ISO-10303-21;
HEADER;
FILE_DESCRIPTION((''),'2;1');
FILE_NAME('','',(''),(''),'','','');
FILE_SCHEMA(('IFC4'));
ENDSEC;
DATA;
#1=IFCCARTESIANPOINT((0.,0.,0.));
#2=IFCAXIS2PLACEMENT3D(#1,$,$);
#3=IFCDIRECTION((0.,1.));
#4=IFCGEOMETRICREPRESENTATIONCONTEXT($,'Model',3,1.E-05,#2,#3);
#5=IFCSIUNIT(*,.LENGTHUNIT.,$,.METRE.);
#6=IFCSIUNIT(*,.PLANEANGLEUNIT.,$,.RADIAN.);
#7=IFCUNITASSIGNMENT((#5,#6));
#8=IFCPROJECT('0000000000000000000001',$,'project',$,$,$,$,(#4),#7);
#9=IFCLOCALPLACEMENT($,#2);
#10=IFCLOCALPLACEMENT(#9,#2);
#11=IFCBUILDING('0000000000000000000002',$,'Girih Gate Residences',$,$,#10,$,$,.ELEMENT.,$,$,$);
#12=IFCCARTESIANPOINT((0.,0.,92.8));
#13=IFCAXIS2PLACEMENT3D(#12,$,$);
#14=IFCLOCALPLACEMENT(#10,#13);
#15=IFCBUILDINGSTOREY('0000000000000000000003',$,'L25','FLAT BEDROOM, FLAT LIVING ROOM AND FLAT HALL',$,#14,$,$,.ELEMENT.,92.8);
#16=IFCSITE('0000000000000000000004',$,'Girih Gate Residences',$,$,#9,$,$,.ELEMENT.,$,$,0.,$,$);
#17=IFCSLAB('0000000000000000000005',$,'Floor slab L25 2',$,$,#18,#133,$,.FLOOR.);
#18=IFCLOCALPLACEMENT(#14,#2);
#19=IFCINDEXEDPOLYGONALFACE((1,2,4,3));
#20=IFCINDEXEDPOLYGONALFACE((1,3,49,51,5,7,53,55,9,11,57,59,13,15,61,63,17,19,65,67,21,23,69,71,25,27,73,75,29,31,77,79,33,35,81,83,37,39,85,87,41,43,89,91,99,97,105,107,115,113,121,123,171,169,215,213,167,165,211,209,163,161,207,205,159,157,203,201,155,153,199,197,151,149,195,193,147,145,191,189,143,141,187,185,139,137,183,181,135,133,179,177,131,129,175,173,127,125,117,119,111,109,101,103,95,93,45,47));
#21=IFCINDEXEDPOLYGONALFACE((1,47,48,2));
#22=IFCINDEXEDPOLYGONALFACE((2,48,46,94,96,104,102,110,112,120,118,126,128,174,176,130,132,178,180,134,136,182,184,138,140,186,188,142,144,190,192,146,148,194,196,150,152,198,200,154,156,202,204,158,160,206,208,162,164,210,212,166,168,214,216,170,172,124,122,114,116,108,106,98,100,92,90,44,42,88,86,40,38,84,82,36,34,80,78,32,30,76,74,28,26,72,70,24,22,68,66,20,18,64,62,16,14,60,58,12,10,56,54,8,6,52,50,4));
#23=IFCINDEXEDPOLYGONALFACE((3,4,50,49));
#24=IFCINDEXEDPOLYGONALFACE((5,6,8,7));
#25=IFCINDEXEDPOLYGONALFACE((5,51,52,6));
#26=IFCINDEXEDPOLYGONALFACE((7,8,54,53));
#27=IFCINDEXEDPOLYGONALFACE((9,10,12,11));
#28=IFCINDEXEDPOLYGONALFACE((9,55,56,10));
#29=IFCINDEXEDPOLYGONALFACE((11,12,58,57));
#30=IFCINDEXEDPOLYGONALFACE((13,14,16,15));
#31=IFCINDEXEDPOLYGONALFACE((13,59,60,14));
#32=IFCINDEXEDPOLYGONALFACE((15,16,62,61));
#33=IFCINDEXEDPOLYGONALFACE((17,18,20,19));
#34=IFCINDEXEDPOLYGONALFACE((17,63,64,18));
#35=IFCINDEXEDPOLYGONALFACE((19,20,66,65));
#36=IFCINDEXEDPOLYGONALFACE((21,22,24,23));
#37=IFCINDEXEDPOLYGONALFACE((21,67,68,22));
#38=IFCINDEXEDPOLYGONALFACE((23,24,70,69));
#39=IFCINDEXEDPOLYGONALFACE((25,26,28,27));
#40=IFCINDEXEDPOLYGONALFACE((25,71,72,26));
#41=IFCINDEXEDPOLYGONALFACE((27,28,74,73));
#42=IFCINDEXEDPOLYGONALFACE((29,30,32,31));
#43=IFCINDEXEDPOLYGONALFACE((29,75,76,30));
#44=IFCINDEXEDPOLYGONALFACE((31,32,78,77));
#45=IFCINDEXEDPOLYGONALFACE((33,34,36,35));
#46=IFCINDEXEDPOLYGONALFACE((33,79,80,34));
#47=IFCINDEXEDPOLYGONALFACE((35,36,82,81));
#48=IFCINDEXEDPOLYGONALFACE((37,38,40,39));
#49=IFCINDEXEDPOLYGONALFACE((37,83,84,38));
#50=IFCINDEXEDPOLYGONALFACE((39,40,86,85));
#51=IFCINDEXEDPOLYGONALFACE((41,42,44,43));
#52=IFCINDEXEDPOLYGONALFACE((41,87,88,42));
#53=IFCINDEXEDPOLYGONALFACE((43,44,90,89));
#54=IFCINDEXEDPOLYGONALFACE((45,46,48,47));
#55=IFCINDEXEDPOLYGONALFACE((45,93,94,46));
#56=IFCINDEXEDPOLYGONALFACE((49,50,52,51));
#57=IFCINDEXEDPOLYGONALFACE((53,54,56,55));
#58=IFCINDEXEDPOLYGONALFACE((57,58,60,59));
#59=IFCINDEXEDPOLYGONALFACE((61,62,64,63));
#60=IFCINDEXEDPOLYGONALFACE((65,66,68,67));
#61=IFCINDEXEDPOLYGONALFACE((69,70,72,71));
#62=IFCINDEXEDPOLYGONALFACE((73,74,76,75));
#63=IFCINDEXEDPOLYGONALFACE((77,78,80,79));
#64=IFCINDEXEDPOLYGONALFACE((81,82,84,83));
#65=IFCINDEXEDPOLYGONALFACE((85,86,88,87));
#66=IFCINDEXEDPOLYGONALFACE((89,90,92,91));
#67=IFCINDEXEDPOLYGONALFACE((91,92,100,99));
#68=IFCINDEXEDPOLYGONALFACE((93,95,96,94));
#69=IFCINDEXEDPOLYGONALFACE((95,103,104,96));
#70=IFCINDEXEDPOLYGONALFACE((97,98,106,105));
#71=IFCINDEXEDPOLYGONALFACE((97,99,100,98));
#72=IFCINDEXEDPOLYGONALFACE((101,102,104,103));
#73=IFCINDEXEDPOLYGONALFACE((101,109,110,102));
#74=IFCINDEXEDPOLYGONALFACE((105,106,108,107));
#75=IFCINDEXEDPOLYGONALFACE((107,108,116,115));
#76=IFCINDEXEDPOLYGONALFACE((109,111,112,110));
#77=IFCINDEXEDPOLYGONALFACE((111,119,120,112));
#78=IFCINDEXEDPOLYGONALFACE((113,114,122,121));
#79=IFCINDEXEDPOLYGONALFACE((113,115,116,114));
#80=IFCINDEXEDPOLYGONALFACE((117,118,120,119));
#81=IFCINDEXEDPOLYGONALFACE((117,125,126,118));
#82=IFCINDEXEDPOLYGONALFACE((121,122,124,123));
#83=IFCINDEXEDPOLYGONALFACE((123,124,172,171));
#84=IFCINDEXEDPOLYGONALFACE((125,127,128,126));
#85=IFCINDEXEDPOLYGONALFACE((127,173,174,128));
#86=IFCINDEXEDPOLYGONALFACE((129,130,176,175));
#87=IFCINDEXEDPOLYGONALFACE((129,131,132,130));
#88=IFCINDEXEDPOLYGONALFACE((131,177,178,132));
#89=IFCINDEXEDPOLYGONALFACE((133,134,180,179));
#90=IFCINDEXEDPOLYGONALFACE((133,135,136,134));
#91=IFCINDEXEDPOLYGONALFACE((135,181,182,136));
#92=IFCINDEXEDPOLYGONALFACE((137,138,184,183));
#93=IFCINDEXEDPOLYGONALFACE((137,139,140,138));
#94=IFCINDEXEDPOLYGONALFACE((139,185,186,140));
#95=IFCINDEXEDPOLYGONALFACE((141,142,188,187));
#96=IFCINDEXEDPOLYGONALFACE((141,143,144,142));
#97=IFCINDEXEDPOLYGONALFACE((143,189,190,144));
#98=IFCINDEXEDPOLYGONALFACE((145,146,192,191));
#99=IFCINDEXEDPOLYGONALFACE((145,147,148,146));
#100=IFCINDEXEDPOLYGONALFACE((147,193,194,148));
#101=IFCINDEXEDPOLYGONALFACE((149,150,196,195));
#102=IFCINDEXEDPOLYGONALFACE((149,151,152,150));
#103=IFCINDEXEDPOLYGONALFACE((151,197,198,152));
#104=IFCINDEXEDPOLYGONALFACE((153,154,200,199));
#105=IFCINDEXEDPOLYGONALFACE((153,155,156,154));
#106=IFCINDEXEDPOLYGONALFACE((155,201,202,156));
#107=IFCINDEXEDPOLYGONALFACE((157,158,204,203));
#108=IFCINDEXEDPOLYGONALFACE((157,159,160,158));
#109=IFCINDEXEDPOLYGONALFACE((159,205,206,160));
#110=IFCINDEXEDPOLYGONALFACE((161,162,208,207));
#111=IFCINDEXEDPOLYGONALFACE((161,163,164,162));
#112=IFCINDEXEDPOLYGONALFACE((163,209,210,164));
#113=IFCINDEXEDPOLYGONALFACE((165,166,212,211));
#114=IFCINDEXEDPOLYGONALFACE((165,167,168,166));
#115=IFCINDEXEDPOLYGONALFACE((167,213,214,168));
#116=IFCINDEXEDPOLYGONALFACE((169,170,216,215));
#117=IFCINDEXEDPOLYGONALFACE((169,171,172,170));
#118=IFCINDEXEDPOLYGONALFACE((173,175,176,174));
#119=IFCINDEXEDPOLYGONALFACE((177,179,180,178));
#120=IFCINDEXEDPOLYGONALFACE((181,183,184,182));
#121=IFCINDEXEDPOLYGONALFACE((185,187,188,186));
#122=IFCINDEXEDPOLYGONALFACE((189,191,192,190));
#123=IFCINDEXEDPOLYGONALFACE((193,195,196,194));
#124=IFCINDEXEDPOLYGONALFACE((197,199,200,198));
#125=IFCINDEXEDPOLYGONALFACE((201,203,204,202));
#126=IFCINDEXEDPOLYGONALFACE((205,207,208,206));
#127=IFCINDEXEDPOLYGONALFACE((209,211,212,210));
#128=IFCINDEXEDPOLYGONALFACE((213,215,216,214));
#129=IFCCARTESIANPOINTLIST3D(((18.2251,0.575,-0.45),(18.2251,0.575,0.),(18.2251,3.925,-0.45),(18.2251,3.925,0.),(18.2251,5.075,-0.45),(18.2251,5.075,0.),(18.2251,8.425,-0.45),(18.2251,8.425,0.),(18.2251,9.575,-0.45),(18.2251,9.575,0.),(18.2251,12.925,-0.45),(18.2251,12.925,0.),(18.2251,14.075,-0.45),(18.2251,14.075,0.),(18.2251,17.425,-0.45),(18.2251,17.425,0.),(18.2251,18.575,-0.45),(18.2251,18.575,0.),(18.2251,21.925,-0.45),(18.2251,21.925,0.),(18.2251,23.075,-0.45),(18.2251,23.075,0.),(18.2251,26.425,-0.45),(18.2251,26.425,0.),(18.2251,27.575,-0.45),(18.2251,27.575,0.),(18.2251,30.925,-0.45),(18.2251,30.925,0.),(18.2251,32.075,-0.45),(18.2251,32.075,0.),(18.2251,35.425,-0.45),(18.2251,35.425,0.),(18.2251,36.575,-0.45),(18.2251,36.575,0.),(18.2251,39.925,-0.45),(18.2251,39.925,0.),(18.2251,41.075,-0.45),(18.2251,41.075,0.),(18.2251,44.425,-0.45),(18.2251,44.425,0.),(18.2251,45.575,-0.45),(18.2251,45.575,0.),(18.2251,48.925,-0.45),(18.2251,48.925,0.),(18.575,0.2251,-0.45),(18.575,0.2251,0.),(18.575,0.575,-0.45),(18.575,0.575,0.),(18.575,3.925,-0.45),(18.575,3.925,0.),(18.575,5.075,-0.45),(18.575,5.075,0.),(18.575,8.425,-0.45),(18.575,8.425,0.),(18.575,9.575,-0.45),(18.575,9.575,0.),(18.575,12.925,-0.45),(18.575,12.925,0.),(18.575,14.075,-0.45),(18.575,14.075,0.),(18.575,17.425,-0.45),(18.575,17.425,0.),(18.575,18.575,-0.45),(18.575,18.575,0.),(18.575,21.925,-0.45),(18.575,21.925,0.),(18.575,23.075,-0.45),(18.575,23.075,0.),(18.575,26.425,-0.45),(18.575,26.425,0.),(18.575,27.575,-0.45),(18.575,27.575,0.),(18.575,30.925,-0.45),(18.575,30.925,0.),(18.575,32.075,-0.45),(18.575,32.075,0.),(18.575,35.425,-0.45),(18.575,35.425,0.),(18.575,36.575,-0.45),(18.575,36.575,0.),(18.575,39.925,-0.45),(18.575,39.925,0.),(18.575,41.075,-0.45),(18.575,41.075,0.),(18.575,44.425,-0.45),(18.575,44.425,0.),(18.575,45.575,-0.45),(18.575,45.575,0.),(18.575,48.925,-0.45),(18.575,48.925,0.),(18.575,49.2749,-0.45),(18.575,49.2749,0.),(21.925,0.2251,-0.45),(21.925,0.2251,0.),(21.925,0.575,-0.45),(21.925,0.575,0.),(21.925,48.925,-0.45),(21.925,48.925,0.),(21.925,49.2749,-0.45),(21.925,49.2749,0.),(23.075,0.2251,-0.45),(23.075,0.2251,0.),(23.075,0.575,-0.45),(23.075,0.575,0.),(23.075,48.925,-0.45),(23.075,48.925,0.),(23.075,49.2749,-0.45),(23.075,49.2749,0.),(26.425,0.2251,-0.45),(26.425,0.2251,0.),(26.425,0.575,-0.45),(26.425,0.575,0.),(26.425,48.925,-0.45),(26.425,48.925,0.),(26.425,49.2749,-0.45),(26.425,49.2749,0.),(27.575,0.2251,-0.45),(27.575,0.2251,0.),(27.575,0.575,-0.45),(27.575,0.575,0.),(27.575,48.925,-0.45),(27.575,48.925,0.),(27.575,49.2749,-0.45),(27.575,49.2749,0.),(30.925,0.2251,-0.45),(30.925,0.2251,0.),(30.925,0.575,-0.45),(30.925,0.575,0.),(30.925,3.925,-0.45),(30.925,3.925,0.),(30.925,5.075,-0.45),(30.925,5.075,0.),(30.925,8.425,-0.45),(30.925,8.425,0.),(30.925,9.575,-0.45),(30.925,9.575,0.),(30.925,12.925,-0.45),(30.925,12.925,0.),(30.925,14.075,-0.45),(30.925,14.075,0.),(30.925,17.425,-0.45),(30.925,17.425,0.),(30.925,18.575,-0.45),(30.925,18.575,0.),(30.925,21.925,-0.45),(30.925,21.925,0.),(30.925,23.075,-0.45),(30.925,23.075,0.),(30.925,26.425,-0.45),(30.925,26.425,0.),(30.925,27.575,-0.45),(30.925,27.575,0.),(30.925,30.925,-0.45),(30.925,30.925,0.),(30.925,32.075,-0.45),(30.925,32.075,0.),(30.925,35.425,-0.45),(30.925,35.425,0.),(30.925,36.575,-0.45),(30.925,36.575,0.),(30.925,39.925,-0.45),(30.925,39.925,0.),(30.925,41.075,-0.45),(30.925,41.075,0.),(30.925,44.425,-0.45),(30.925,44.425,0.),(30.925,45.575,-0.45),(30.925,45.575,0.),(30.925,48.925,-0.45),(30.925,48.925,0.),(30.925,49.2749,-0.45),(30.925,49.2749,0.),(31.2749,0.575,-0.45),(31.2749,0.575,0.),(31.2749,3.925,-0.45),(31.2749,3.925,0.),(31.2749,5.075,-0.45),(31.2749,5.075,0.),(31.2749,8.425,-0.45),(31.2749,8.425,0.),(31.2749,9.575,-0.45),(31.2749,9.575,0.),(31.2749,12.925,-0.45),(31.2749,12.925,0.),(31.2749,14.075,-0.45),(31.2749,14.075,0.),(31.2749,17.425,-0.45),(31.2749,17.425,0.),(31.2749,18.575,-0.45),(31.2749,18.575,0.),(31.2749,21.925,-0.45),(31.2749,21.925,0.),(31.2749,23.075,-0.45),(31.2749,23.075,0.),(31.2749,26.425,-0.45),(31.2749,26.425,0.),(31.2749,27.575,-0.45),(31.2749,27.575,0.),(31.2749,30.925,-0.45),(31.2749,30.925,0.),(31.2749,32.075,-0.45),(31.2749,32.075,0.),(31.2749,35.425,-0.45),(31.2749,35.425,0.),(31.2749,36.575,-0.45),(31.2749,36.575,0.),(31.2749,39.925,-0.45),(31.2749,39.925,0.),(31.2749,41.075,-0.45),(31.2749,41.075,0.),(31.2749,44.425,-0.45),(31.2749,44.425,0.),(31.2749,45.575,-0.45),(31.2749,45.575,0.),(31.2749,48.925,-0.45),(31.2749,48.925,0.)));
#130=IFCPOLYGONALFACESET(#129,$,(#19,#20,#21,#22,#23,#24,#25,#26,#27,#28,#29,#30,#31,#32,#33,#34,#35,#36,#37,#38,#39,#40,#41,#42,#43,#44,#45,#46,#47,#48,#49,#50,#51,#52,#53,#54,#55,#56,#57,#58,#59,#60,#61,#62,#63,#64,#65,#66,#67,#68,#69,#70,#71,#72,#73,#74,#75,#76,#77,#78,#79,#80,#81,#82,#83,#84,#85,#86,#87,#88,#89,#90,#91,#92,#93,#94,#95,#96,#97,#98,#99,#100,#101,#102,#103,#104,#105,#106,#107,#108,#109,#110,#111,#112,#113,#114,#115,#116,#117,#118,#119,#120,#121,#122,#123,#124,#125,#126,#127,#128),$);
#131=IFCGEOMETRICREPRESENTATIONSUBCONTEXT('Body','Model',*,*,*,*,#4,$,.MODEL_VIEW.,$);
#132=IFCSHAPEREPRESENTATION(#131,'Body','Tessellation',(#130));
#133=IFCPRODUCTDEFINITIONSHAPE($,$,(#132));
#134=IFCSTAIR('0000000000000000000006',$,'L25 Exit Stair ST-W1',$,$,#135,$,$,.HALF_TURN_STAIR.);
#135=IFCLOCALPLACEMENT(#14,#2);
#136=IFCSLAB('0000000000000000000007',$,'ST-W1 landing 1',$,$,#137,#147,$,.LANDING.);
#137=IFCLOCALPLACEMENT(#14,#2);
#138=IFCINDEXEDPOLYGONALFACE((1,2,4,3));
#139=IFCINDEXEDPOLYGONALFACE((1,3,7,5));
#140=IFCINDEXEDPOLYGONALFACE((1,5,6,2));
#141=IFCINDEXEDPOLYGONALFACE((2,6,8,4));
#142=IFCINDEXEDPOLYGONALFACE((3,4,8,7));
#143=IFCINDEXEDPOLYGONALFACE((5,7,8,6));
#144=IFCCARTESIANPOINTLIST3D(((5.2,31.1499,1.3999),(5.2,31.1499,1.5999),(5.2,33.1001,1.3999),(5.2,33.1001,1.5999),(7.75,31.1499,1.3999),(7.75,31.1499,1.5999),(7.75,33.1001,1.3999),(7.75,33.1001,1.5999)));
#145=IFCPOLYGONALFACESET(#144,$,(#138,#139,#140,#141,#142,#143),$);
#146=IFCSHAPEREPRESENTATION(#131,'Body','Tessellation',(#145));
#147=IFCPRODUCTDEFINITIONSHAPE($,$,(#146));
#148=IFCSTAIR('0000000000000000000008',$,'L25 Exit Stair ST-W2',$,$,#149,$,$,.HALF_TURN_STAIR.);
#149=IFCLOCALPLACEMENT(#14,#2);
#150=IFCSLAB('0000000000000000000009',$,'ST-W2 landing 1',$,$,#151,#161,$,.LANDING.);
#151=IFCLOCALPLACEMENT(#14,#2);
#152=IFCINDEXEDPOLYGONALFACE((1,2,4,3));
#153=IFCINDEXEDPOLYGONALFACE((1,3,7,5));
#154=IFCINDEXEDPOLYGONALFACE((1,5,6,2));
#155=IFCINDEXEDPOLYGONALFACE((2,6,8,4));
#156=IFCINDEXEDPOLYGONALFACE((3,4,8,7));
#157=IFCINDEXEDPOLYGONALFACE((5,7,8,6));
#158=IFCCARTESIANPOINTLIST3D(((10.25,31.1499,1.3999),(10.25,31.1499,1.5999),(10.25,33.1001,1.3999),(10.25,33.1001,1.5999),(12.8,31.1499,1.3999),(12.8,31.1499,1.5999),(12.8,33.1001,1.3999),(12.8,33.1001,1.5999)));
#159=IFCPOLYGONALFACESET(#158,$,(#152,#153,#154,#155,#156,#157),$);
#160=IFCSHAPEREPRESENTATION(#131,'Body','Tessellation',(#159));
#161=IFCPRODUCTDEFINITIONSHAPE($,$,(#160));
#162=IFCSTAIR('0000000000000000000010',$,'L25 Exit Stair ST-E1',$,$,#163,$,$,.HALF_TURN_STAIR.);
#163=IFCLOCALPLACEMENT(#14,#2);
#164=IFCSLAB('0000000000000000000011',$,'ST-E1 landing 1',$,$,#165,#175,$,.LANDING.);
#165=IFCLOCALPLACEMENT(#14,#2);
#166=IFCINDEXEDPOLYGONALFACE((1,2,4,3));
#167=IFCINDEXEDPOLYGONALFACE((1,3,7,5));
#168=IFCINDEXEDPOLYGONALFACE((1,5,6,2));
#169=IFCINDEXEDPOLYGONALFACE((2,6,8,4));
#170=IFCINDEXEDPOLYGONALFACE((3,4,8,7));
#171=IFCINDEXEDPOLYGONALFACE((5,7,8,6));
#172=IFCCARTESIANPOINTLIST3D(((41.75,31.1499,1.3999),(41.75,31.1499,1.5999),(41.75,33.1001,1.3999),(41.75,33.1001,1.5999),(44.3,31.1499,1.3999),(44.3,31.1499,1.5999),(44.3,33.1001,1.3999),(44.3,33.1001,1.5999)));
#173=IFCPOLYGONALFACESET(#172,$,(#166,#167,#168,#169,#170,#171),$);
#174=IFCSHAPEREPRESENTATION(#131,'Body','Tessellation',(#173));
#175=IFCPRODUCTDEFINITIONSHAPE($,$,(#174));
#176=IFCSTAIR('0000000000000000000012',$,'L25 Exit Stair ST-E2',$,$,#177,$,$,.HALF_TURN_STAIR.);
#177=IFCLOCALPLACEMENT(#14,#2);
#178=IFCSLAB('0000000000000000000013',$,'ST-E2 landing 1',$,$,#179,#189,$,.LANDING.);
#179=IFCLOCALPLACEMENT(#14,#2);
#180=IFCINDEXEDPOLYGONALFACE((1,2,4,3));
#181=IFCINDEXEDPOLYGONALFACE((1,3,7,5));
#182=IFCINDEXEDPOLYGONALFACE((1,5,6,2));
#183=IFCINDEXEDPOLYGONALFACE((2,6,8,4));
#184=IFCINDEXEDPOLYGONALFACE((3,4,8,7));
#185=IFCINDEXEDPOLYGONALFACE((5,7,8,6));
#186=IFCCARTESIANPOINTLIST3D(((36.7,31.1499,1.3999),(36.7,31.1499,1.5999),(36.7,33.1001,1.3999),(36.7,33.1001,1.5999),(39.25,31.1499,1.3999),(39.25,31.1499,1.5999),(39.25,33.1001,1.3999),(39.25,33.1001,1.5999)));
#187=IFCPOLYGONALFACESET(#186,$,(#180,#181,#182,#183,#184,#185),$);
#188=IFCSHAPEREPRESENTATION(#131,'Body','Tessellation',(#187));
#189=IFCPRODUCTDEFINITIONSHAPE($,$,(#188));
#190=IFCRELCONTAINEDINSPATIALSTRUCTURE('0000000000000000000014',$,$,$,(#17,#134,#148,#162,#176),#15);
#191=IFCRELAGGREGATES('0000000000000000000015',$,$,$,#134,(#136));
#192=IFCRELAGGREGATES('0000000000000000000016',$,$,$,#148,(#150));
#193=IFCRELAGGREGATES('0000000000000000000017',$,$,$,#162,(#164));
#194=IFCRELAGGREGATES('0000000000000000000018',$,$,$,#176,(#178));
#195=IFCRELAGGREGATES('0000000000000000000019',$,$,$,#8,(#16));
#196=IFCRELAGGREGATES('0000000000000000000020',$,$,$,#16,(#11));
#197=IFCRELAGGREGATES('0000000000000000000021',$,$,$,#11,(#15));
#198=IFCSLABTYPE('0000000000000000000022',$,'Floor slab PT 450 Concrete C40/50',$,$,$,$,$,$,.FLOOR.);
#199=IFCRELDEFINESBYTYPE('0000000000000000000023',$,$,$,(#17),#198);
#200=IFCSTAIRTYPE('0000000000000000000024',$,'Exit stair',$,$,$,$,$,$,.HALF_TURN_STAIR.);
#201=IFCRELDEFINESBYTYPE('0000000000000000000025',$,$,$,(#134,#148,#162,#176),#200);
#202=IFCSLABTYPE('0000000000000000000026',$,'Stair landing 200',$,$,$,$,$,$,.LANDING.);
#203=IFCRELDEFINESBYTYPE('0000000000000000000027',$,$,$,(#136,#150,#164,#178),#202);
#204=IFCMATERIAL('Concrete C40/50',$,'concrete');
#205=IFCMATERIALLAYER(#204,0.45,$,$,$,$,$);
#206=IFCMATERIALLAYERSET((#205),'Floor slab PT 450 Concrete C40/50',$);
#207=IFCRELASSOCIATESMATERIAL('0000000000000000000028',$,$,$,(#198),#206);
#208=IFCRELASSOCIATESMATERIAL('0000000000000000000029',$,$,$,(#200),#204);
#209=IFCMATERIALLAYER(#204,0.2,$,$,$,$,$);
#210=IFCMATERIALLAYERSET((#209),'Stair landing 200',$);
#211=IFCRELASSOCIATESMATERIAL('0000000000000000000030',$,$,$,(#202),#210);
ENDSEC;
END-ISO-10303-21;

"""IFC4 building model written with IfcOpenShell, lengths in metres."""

from ifc_helpers import new_model, si_unit, direction, frame, origin, place, context, subcontext, project, spatial, polyline, outline, extrude, material, layer, layer_set, type_object, element, aggregate, save


model = new_model("IFC4")

# Units and contexts
model_context = context("Model", 3, precision=1e-05, world=origin(), true_north=direction((0.0, 1.0)))
body_context = subcontext(model_context, "Body", "Model", "MODEL_VIEW")
ifc_project = project(units=[si_unit("LENGTHUNIT", "METRE"), si_unit("PLANEANGLEUNIT", "RADIAN")], contexts=[model_context])

# Site, building, storey
site_placement = place(None, origin())
site = spatial("IfcSite", under=ifc_project, at=site_placement, Name="Girih Gate Residences", CompositionType="ELEMENT", RefElevation=0.0)
building_placement = place(site_placement, origin())
building = spatial("IfcBuilding", under=site, at=building_placement, Name="Girih Gate Residences", CompositionType="ELEMENT")
storey_placement = place(building_placement, frame((0.0, 0.0, 92.8)))
storey = spatial("IfcBuildingStorey", under=building, at=storey_placement, Name="L25", Description="FLAT BEDROOM, FLAT LIVING ROOM AND FLAT HALL", CompositionType="ELEMENT", Elevation=92.8)

# Slab
ifc_material_1 = material(Name="Concrete C40/50", Category="concrete")
ifc_layer_1 = layer(ifc_material_1, 0.45)
ifc_layer_set_1 = layer_set([ifc_layer_1], Name="Floor slab PT 450 Concrete C40/50")
slab_type_1 = type_object("IfcSlabType", Name="Floor slab PT 450 Concrete C40/50", PredefinedType="FLOOR", material=ifc_layer_set_1)
slab_1_placement = place(storey_placement, frame((0.0, 0.0, -0.45)))
element("IfcSlab", 1, at=slab_1_placement, inside=storey, type_object=slab_type_1, Name="Floor slab L25 2", PredefinedType="FLOOR", context=body_context, shape_type="SweptSolid", body=[
    extrude(outline(polyline([(21.925, 49.2749), (18.575, 49.2749), (18.575, 48.925), (18.2251, 48.925), (18.2251, 45.575), (18.575, 45.575), (18.575, 44.425), (18.2251, 44.425), (18.2251, 41.075), (18.575, 41.075), (18.575, 39.925), (18.2251, 39.925), (18.2251, 36.575), (18.575, 36.575), (18.575, 35.425), (18.2251, 35.425), (18.2251, 32.075), (18.575, 32.075), (18.575, 30.925), (18.2251, 30.925), (18.2251, 27.575), (18.575, 27.575), (18.575, 26.425), (18.2251, 26.425), (18.2251, 23.075), (18.575, 23.075), (18.575, 21.925), (18.2251, 21.925), (18.2251, 18.575), (18.575, 18.575), (18.575, 17.425), (18.2251, 17.425), (18.2251, 14.075), (18.575, 14.075), (18.575, 12.925), (18.2251, 12.925), (18.2251, 9.575), (18.575, 9.575), (18.575, 8.425), (18.2251, 8.425), (18.2251, 5.075), (18.575, 5.075), (18.575, 3.925), (18.2251, 3.925), (18.2251, 0.575), (18.575, 0.575), (18.575, 0.2251), (21.925, 0.2251), (21.925, 0.575), (23.075, 0.575), (23.075, 0.2251), (26.425, 0.2251), (26.425, 0.575), (27.575, 0.575), (27.575, 0.2251), (30.925, 0.2251), (30.925, 0.575), (31.2749, 0.575), (31.2749, 3.925), (30.925, 3.925), (30.925, 5.075), (31.2749, 5.075), (31.2749, 8.425), (30.925, 8.425), (30.925, 9.575), (31.2749, 9.575), (31.2749, 12.925), (30.925, 12.925), (30.925, 14.075), (31.2749, 14.075), (31.2749, 17.425), (30.925, 17.425), (30.925, 18.575), (31.2749, 18.575), (31.2749, 21.925), (30.925, 21.925), (30.925, 23.075), (31.2749, 23.075), (31.2749, 26.425), (30.925, 26.425), (30.925, 27.575), (31.2749, 27.575), (31.2749, 30.925), (30.925, 30.925), (30.925, 32.075), (31.2749, 32.075), (31.2749, 35.425), (30.925, 35.425), (30.925, 36.575), (31.2749, 36.575), (31.2749, 39.925), (30.925, 39.925), (30.925, 41.075), (31.2749, 41.075), (31.2749, 44.425), (30.925, 44.425), (30.925, 45.575), (31.2749, 45.575), (31.2749, 48.925), (30.925, 48.925), (30.925, 49.2749), (27.575, 49.2749), (27.575, 48.925), (26.425, 48.925), (26.425, 49.2749), (23.075, 49.2749), (23.075, 48.925), (21.925, 48.925), (21.925, 49.2749)])), origin(), (0.0, 0.0, 1.0), 0.45),
])

# Stairs, slabs
stair_type = type_object("IfcStairType", Name="Exit stair", PredefinedType="HALF_TURN_STAIR", material=ifc_material_1)
stair_1_placement = place(storey_placement, origin())
stair_1 = element("IfcStair", 2, at=stair_1_placement, inside=storey, type_object=stair_type, Name="L25 Exit Stair ST-W1", PredefinedType="HALF_TURN_STAIR")
ifc_layer_2 = layer(ifc_material_1, 0.2)
ifc_layer_set_2 = layer_set([ifc_layer_2], Name="Stair landing 200")
slab_type_2 = type_object("IfcSlabType", Name="Stair landing 200", PredefinedType="LANDING", material=ifc_layer_set_2)
slab_2_placement = place(storey_placement, frame((0.0, 0.0, 1.3999)))
slab_2 = element("IfcSlab", 3, at=slab_2_placement, type_object=slab_type_2, Name="ST-W1 landing 1", PredefinedType="LANDING", context=body_context, shape_type="SweptSolid", body=[
    extrude(outline(polyline([(7.75, 31.1499), (7.75, 33.1001), (5.2, 33.1001), (5.2, 31.1499), (7.75, 31.1499)])), origin(), (0.0, 0.0, 1.0), 0.2),
])
aggregate(stair_1, [slab_2])
stair_2_placement = place(storey_placement, origin())
stair_2 = element("IfcStair", 4, at=stair_2_placement, inside=storey, type_object=stair_type, Name="L25 Exit Stair ST-W2", PredefinedType="HALF_TURN_STAIR")
slab_3_placement = place(storey_placement, frame((0.0, 0.0, 1.3999)))
slab_3 = element("IfcSlab", 5, at=slab_3_placement, type_object=slab_type_2, Name="ST-W2 landing 1", PredefinedType="LANDING", context=body_context, shape_type="SweptSolid", body=[
    extrude(outline(polyline([(12.8, 31.1499), (12.8, 33.1001), (10.25, 33.1001), (10.25, 31.1499), (12.8, 31.1499)])), origin(), (0.0, 0.0, 1.0), 0.2),
])
aggregate(stair_2, [slab_3])
stair_3_placement = place(storey_placement, origin())
stair_3 = element("IfcStair", 6, at=stair_3_placement, inside=storey, type_object=stair_type, Name="L25 Exit Stair ST-E1", PredefinedType="HALF_TURN_STAIR")
slab_4_placement = place(storey_placement, frame((0.0, 0.0, 1.3999)))
slab_4 = element("IfcSlab", 7, at=slab_4_placement, type_object=slab_type_2, Name="ST-E1 landing 1", PredefinedType="LANDING", context=body_context, shape_type="SweptSolid", body=[
    extrude(outline(polyline([(44.3, 31.1499), (44.3, 33.1001), (41.75, 33.1001), (41.75, 31.1499), (44.3, 31.1499)])), origin(), (0.0, 0.0, 1.0), 0.2),
])
aggregate(stair_3, [slab_4])
stair_4_placement = place(storey_placement, origin())
stair_4 = element("IfcStair", 8, at=stair_4_placement, inside=storey, type_object=stair_type, Name="L25 Exit Stair ST-E2", PredefinedType="HALF_TURN_STAIR")
slab_5_placement = place(storey_placement, frame((0.0, 0.0, 1.3999)))
slab_5 = element("IfcSlab", 9, at=slab_5_placement, type_object=slab_type_2, Name="ST-E2 landing 1", PredefinedType="LANDING", context=body_context, shape_type="SweptSolid", body=[
    extrude(outline(polyline([(39.25, 31.1499), (39.25, 33.1001), (36.7, 33.1001), (36.7, 31.1499), (39.25, 31.1499)])), origin(), (0.0, 0.0, 1.0), 0.2),
])
aggregate(stair_4, [slab_5])

save(model, "model.ifc")
